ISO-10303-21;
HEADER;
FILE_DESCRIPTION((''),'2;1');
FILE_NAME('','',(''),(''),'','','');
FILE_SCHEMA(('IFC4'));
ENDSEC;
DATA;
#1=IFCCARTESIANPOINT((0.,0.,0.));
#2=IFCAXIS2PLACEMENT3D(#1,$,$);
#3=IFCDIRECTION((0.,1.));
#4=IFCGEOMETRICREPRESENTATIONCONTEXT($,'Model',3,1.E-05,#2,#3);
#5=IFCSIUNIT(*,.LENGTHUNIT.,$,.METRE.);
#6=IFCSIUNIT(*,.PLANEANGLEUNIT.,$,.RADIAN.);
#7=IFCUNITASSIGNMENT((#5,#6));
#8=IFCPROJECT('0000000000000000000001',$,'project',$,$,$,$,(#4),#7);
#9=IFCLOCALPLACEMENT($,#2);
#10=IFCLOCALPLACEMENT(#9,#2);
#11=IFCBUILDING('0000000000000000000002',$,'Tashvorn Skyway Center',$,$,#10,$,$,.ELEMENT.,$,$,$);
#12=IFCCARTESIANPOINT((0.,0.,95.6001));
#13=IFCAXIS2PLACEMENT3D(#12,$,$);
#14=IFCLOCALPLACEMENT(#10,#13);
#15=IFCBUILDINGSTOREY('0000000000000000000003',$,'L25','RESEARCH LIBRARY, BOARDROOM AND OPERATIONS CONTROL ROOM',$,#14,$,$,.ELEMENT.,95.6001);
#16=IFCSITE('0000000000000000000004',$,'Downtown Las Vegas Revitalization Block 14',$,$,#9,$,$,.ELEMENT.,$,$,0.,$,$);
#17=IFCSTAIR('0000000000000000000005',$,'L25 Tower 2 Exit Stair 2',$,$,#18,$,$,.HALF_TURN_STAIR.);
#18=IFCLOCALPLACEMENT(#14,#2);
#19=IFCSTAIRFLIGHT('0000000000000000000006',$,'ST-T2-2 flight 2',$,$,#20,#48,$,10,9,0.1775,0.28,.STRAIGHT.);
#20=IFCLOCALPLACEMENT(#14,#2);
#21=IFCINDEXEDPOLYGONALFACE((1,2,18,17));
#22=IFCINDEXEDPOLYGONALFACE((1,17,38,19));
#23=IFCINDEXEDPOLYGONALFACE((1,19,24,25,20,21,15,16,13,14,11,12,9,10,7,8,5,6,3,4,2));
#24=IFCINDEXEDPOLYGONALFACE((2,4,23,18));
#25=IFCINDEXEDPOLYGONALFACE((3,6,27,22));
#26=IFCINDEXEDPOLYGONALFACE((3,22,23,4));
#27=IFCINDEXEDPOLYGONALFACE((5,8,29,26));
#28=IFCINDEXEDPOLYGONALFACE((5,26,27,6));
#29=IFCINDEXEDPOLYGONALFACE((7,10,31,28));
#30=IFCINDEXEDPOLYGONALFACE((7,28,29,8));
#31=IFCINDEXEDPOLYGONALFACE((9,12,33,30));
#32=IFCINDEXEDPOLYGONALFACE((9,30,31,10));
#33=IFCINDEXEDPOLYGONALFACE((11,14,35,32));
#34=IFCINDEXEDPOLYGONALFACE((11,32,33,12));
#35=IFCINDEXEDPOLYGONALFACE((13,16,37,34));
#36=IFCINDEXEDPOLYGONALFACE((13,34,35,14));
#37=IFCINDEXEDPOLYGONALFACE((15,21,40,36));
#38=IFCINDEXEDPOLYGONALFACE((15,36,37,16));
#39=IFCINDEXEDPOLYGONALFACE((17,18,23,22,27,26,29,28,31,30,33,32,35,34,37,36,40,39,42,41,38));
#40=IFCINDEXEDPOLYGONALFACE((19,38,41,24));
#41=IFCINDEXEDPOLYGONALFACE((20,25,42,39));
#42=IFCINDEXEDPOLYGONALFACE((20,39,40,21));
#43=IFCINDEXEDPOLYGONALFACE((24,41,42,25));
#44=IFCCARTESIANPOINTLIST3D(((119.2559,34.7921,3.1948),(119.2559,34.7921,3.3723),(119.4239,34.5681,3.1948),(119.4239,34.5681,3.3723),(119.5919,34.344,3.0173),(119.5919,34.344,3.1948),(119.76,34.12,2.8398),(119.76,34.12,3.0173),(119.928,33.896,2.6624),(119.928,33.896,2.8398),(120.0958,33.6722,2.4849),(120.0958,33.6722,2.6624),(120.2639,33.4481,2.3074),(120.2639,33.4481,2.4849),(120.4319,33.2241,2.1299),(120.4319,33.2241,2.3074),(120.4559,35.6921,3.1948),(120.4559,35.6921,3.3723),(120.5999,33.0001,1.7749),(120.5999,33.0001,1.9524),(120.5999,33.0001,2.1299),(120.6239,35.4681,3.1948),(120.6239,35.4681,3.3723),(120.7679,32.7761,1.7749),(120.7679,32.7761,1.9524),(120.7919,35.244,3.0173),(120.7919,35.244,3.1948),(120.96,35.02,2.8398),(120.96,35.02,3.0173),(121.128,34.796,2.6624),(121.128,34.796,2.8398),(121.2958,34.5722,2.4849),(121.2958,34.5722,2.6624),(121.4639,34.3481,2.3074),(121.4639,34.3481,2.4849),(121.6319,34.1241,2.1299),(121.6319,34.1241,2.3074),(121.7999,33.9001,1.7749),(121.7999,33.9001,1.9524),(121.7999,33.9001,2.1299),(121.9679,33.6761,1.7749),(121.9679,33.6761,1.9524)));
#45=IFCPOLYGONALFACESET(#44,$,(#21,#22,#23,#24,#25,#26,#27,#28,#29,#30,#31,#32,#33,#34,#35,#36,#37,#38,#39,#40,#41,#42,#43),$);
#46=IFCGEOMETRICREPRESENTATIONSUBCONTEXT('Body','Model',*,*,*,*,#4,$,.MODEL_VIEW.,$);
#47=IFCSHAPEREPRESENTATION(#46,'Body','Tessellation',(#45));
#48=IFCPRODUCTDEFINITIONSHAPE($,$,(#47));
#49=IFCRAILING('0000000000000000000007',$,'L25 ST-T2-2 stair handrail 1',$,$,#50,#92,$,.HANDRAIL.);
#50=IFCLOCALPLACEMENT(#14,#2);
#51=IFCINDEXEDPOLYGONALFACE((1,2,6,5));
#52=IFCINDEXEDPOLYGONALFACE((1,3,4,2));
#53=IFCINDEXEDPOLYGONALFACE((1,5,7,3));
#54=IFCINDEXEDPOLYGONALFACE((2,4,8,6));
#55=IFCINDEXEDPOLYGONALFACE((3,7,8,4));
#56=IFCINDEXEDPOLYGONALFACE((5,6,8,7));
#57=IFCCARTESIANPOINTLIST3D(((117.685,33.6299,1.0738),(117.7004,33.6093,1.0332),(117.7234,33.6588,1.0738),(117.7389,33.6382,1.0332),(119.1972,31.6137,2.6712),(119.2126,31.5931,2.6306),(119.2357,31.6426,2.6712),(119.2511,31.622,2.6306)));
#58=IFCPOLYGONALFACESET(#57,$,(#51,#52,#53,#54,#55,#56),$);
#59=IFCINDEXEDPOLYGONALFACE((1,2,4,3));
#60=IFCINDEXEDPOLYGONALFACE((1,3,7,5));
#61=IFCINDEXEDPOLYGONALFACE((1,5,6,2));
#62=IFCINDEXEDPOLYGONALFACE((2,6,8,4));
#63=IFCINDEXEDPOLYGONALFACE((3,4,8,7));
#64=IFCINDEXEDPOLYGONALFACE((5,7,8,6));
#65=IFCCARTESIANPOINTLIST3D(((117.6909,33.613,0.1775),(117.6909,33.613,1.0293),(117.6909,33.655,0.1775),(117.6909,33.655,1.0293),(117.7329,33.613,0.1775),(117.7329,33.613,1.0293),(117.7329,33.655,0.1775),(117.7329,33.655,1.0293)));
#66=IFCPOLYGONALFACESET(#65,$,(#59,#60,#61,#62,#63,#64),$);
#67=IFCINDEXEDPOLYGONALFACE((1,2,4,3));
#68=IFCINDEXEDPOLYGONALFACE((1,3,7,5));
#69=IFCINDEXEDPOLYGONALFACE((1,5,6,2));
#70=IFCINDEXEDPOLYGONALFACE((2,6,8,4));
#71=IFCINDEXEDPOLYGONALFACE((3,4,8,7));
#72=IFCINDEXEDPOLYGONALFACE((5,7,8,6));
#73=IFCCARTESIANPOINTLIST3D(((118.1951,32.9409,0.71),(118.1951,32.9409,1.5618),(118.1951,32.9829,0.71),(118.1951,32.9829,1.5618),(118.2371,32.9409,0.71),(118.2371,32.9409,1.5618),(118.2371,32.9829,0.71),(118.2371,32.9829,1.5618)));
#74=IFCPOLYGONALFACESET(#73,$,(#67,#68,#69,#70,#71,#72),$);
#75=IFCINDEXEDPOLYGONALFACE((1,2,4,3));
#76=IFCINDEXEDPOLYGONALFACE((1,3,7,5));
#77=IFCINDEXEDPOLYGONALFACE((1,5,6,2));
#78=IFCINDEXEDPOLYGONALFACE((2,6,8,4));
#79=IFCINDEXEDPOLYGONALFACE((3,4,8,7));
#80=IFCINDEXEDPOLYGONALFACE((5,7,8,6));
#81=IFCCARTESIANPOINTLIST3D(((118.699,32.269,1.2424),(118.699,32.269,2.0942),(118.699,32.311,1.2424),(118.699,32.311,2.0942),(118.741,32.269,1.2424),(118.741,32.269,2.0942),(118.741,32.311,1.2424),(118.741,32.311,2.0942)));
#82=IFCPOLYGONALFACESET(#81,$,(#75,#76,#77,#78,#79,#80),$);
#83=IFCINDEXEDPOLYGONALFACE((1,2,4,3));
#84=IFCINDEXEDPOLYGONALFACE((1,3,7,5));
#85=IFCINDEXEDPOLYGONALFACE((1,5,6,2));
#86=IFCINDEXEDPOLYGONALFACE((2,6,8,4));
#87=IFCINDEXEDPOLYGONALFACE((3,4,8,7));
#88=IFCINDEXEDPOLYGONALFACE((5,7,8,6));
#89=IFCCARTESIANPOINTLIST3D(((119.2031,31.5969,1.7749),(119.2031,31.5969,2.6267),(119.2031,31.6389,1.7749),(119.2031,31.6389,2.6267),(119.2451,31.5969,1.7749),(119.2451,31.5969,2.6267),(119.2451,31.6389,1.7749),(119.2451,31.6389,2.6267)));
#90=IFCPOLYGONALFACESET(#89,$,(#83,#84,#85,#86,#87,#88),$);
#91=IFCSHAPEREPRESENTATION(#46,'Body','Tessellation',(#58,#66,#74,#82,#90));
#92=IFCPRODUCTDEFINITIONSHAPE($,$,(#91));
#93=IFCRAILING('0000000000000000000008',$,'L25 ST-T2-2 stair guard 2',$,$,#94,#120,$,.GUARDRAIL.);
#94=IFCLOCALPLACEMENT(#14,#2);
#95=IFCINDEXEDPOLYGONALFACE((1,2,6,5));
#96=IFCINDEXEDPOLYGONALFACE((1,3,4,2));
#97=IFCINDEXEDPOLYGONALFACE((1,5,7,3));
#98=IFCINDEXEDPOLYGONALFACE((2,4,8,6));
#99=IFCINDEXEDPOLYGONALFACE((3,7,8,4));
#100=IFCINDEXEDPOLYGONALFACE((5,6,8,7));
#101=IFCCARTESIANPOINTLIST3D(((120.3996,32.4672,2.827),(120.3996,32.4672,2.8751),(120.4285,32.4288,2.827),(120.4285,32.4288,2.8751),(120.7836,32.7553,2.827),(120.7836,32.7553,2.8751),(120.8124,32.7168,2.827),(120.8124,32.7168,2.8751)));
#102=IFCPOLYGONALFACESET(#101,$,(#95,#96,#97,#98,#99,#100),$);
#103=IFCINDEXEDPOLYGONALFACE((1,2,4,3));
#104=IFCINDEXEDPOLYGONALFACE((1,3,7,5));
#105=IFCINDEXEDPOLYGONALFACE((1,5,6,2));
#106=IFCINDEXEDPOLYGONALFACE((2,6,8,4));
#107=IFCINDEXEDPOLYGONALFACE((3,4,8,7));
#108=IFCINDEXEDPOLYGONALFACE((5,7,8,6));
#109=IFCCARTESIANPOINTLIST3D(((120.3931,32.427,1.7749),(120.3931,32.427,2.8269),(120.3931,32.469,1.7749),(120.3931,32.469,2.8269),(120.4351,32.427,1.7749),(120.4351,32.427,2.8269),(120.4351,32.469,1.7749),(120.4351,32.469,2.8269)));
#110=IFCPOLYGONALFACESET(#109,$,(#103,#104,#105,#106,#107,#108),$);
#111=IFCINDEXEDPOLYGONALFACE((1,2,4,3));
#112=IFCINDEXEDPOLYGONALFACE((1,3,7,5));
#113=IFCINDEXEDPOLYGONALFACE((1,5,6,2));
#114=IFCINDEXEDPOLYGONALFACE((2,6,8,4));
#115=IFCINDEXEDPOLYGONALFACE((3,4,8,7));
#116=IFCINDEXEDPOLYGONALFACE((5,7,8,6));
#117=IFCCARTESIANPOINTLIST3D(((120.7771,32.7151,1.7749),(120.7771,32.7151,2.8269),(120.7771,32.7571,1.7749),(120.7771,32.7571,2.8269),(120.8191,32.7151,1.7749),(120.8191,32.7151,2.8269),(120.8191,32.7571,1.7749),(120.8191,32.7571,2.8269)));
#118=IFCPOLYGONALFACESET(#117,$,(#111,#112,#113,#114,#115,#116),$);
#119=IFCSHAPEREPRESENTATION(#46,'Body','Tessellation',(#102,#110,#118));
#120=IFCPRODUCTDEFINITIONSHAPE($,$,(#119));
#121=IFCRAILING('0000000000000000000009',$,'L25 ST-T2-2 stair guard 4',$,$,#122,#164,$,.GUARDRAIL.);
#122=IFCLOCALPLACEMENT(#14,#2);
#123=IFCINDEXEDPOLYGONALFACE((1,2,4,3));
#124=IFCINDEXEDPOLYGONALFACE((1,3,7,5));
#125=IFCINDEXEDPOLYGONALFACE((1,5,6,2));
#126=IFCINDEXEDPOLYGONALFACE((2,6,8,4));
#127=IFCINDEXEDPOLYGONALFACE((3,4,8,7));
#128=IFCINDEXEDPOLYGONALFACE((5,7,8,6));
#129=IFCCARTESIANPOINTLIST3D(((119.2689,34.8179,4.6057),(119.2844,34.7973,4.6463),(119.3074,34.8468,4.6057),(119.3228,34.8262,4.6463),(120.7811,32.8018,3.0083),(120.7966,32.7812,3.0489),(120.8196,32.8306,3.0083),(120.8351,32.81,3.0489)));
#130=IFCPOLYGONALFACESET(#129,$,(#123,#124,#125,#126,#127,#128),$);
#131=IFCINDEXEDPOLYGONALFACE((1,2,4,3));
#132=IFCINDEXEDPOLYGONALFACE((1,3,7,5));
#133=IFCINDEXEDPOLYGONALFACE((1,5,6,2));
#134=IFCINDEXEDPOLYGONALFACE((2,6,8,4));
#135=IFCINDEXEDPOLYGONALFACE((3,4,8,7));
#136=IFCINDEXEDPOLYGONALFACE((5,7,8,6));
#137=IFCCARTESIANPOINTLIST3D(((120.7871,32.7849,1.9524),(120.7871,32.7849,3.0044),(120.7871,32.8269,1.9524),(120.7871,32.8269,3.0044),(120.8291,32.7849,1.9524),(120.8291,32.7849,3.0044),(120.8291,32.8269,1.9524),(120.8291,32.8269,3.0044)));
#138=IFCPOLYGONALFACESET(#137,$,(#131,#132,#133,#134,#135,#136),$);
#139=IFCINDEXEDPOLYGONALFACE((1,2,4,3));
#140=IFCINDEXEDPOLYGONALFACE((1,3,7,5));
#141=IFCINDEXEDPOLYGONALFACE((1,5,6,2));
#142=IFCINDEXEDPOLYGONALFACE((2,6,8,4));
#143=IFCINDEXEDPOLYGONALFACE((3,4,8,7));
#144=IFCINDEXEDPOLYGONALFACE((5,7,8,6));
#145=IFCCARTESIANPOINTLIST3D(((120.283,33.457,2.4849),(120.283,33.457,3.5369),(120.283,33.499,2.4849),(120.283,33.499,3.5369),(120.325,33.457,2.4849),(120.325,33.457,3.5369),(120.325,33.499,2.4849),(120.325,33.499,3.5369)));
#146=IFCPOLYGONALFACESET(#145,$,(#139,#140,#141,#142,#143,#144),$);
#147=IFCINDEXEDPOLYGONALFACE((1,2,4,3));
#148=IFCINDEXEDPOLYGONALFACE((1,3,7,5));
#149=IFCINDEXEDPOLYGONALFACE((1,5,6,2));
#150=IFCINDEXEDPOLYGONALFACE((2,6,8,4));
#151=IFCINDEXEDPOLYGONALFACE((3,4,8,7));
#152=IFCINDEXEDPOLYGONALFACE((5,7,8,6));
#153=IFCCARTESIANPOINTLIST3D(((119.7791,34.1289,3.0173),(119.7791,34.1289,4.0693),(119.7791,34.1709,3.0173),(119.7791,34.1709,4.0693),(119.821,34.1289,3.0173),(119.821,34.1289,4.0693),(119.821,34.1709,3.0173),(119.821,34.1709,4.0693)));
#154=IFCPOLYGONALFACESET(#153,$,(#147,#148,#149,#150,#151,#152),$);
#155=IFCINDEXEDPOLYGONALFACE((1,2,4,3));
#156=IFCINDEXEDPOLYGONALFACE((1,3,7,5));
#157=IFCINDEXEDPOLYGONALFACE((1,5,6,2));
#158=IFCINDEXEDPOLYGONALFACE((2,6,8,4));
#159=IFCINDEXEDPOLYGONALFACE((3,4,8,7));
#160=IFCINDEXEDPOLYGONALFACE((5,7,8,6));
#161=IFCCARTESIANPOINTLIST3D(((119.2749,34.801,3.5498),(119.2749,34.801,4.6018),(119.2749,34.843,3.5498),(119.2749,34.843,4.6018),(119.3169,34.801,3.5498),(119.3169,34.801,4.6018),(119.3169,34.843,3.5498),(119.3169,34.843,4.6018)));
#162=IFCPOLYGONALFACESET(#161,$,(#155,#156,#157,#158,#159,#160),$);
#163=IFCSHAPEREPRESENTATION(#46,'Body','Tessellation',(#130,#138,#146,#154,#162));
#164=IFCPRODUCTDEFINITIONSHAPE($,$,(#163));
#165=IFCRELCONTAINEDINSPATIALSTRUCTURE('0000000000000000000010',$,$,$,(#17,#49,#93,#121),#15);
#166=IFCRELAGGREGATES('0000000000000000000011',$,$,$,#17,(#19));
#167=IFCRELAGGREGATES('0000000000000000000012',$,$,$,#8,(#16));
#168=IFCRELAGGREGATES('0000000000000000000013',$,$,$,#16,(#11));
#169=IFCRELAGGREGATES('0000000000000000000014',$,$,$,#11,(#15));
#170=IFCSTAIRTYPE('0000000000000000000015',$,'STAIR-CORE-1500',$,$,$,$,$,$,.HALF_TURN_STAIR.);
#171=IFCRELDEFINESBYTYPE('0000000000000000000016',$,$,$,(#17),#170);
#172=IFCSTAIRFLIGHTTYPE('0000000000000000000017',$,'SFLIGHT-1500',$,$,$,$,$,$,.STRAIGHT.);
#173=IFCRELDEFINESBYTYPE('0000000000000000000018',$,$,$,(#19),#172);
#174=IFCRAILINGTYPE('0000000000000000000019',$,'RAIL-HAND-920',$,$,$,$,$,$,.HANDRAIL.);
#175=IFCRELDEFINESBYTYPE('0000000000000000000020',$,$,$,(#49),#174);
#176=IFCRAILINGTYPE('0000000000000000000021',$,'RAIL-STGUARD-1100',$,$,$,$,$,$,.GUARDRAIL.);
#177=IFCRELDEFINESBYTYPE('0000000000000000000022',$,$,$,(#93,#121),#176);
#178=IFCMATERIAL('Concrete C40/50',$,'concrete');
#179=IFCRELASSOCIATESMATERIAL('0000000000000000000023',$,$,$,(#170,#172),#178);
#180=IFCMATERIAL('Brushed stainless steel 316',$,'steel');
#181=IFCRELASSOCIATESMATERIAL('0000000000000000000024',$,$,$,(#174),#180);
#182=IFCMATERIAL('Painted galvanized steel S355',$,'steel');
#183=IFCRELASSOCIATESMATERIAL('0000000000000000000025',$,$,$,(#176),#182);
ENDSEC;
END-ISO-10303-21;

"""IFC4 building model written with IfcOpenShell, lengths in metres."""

from ifc_helpers import new_model, si_unit, direction, frame, origin, origin_2d, place, context, subcontext, project, spatial, polyline, rectangle, outline, extrude, material, type_object, element, aggregate, save


model = new_model("IFC4")

# Units and contexts
model_context = context("Model", 3, precision=1e-05, world=origin(), true_north=direction((0.0, 1.0)))
body_context = subcontext(model_context, "Body", "Model", "MODEL_VIEW")
ifc_project = project(units=[si_unit("LENGTHUNIT", "METRE"), si_unit("PLANEANGLEUNIT", "RADIAN")], contexts=[model_context])

# Site, building, storey
site_placement = place(None, origin())
site = spatial("IfcSite", under=ifc_project, at=site_placement, Name="Downtown Las Vegas Revitalization Block 14", CompositionType="ELEMENT", RefElevation=0.0)
building_placement = place(site_placement, origin())
building = spatial("IfcBuilding", under=site, at=building_placement, Name="Tashvorn Skyway Center", CompositionType="ELEMENT")
storey_placement = place(building_placement, frame((0.0, 0.0, 95.6001)))
storey = spatial("IfcBuildingStorey", under=building, at=storey_placement, Name="L25", Description="RESEARCH LIBRARY, BOARDROOM AND OPERATIONS CONTROL ROOM", CompositionType="ELEMENT", Elevation=95.6001)

# Shared definitions
ifc_material_1 = material(Name="Concrete C40/50", Category="concrete")

# Stair, stair flight
stair_type = type_object("IfcStairType", Name="STAIR-CORE-1500", PredefinedType="HALF_TURN_STAIR", material=ifc_material_1)
stair_placement = place(storey_placement, origin())
stair = element("IfcStair", 1, at=stair_placement, inside=storey, type_object=stair_type, Name="L25 Tower 2 Exit Stair 2", PredefinedType="HALF_TURN_STAIR")
stair_flight_type = type_object("IfcStairFlightType", Name="SFLIGHT-1500", PredefinedType="STRAIGHT", material=ifc_material_1)
stair_flight_placement = place(storey_placement, frame((121.3679, 33.2261, 1.7749), z_axis=(0.0, 0.0, 1.0), x_axis=(-0.6, 0.8, 0.0)))
stair_flight = element("IfcStairFlight", 2, at=stair_flight_placement, type_object=stair_flight_type, Name="ST-T2-2 flight 2", NumberOfRisers=10, NumberOfTreads=9, PredefinedType="STRAIGHT", RiserHeight=0.1775, TreadLength=0.28, context=body_context, shape_type="SweptSolid", body=[
    extrude(outline(polyline([(0.0, 0.0), (0.0, 0.1775), (0.28, 0.1775), (0.28, 0.355), (0.5601, 0.355), (0.5601, 0.5325), (0.8401, 0.5325), (0.8401, 0.71), (1.1201, 0.71), (1.1201, 0.8875), (1.3999, 0.8875), (1.3999, 1.0649), (1.6799, 1.0649), (1.6799, 1.2424), (1.96, 1.2424), (1.96, 1.4199), (2.24, 1.4199), (2.24, 1.5974), (2.52, 1.5974), (2.52, 1.7749), (2.52, 1.4199), (0.28, 0.0), (0.0, 0.0)])), frame((0.0, 0.75, 0.0), z_axis=(0.0, -1.0, 0.0), x_axis=(1.0, 0.0, 0.0)), (0.0, 0.0, 1.0), 1.5),
])
aggregate(stair, [stair_flight])

# Railings
ifc_material_2 = material(Name="Brushed stainless steel 316", Category="steel")
railing_type_1 = type_object("IfcRailingType", Name="RAIL-HAND-920", PredefinedType="HANDRAIL", material=ifc_material_2)
railing_1_placement = place(storey_placement, frame((117.7119, 33.634, 0.1775)))
element("IfcRailing", 3, at=railing_1_placement, inside=storey, type_object=railing_type_1, Name="L25 ST-T2-2 stair handrail 1", PredefinedType="HANDRAIL", context=body_context, shape_type="SweptSolid", body=[
    extrude(rectangle(XDim=0.0481, YDim=0.0481, at=origin_2d()), frame((0.0, 0.0, 0.876), z_axis=(0.506802, -0.675681, 0.535357), x_axis=(0.799977, 0.600031, 0.0)), (0.0, 0.0, 1.0), 2.9839),
    extrude(rectangle(XDim=0.042, YDim=0.042, at=origin_2d()), origin(), (0.0, 0.0, 1.0), 0.8518),
    extrude(rectangle(XDim=0.042, YDim=0.042, at=origin_2d()), frame((0.5042, -0.6721, 0.5325)), (0.0, 0.0, 1.0), 0.8518),
    extrude(rectangle(XDim=0.042, YDim=0.042, at=origin_2d()), frame((1.0081, -1.344, 1.0649)), (0.0, 0.0, 1.0), 0.8518),
    extrude(rectangle(XDim=0.042, YDim=0.042, at=origin_2d()), frame((1.5122, -2.0161, 1.5974)), (0.0, 0.0, 1.0), 0.8518),
])
ifc_material_3 = material(Name="Painted galvanized steel S355", Category="steel")
railing_type_2 = type_object("IfcRailingType", Name="RAIL-STGUARD-1100", PredefinedType="GUARDRAIL", material=ifc_material_3)
railing_2_placement = place(storey_placement, frame((120.4141, 32.448, 1.7749)))
element("IfcRailing", 4, at=railing_2_placement, inside=storey, type_object=railing_type_2, Name="L25 ST-T2-2 stair guard 2", PredefinedType="GUARDRAIL", context=body_context, shape_type="SweptSolid", body=[
    extrude(rectangle(XDim=0.0481, YDim=0.0481, at=origin_2d()), frame((0.0, 0.0, 1.0762), z_axis=(0.799939, 0.600081, 0.0), x_axis=(-0.600081, 0.799939, 0.0)), (0.0, 0.0, 1.0), 0.48),
    extrude(rectangle(XDim=0.042, YDim=0.042, at=origin_2d()), origin(), (0.0, 0.0, 1.0), 1.052),
    extrude(rectangle(XDim=0.042, YDim=0.042, at=origin_2d()), frame((0.384, 0.2881, 0.0)), (0.0, 0.0, 1.0), 1.052),
])
railing_3_placement = place(storey_placement, frame((120.8081, 32.8059, 1.9524)))
element("IfcRailing", 5, at=railing_3_placement, inside=storey, type_object=railing_type_2, Name="L25 ST-T2-2 stair guard 4", PredefinedType="GUARDRAIL", context=body_context, shape_type="SweptSolid", body=[
    extrude(rectangle(XDim=0.0481, YDim=0.0481, at=origin_2d()), frame((0.0, 0.0, 1.0762), z_axis=(-0.506802, 0.675681, 0.535357), x_axis=(-0.799977, -0.600031, 0.0)), (0.0, 0.0, 1.0), 2.9839),
    extrude(rectangle(XDim=0.042, YDim=0.042, at=origin_2d()), origin(), (0.0, 0.0, 1.0), 1.052),
    extrude(rectangle(XDim=0.042, YDim=0.042, at=origin_2d()), frame((-0.5042, 0.6721, 0.5325)), (0.0, 0.0, 1.0), 1.052),
    extrude(rectangle(XDim=0.042, YDim=0.042, at=origin_2d()), frame((-1.0081, 1.344, 1.0649)), (0.0, 0.0, 1.0), 1.052),
    extrude(rectangle(XDim=0.042, YDim=0.042, at=origin_2d()), frame((-1.5122, 2.0161, 1.5974)), (0.0, 0.0, 1.0), 1.052),
])

save(model, "model.ifc")
